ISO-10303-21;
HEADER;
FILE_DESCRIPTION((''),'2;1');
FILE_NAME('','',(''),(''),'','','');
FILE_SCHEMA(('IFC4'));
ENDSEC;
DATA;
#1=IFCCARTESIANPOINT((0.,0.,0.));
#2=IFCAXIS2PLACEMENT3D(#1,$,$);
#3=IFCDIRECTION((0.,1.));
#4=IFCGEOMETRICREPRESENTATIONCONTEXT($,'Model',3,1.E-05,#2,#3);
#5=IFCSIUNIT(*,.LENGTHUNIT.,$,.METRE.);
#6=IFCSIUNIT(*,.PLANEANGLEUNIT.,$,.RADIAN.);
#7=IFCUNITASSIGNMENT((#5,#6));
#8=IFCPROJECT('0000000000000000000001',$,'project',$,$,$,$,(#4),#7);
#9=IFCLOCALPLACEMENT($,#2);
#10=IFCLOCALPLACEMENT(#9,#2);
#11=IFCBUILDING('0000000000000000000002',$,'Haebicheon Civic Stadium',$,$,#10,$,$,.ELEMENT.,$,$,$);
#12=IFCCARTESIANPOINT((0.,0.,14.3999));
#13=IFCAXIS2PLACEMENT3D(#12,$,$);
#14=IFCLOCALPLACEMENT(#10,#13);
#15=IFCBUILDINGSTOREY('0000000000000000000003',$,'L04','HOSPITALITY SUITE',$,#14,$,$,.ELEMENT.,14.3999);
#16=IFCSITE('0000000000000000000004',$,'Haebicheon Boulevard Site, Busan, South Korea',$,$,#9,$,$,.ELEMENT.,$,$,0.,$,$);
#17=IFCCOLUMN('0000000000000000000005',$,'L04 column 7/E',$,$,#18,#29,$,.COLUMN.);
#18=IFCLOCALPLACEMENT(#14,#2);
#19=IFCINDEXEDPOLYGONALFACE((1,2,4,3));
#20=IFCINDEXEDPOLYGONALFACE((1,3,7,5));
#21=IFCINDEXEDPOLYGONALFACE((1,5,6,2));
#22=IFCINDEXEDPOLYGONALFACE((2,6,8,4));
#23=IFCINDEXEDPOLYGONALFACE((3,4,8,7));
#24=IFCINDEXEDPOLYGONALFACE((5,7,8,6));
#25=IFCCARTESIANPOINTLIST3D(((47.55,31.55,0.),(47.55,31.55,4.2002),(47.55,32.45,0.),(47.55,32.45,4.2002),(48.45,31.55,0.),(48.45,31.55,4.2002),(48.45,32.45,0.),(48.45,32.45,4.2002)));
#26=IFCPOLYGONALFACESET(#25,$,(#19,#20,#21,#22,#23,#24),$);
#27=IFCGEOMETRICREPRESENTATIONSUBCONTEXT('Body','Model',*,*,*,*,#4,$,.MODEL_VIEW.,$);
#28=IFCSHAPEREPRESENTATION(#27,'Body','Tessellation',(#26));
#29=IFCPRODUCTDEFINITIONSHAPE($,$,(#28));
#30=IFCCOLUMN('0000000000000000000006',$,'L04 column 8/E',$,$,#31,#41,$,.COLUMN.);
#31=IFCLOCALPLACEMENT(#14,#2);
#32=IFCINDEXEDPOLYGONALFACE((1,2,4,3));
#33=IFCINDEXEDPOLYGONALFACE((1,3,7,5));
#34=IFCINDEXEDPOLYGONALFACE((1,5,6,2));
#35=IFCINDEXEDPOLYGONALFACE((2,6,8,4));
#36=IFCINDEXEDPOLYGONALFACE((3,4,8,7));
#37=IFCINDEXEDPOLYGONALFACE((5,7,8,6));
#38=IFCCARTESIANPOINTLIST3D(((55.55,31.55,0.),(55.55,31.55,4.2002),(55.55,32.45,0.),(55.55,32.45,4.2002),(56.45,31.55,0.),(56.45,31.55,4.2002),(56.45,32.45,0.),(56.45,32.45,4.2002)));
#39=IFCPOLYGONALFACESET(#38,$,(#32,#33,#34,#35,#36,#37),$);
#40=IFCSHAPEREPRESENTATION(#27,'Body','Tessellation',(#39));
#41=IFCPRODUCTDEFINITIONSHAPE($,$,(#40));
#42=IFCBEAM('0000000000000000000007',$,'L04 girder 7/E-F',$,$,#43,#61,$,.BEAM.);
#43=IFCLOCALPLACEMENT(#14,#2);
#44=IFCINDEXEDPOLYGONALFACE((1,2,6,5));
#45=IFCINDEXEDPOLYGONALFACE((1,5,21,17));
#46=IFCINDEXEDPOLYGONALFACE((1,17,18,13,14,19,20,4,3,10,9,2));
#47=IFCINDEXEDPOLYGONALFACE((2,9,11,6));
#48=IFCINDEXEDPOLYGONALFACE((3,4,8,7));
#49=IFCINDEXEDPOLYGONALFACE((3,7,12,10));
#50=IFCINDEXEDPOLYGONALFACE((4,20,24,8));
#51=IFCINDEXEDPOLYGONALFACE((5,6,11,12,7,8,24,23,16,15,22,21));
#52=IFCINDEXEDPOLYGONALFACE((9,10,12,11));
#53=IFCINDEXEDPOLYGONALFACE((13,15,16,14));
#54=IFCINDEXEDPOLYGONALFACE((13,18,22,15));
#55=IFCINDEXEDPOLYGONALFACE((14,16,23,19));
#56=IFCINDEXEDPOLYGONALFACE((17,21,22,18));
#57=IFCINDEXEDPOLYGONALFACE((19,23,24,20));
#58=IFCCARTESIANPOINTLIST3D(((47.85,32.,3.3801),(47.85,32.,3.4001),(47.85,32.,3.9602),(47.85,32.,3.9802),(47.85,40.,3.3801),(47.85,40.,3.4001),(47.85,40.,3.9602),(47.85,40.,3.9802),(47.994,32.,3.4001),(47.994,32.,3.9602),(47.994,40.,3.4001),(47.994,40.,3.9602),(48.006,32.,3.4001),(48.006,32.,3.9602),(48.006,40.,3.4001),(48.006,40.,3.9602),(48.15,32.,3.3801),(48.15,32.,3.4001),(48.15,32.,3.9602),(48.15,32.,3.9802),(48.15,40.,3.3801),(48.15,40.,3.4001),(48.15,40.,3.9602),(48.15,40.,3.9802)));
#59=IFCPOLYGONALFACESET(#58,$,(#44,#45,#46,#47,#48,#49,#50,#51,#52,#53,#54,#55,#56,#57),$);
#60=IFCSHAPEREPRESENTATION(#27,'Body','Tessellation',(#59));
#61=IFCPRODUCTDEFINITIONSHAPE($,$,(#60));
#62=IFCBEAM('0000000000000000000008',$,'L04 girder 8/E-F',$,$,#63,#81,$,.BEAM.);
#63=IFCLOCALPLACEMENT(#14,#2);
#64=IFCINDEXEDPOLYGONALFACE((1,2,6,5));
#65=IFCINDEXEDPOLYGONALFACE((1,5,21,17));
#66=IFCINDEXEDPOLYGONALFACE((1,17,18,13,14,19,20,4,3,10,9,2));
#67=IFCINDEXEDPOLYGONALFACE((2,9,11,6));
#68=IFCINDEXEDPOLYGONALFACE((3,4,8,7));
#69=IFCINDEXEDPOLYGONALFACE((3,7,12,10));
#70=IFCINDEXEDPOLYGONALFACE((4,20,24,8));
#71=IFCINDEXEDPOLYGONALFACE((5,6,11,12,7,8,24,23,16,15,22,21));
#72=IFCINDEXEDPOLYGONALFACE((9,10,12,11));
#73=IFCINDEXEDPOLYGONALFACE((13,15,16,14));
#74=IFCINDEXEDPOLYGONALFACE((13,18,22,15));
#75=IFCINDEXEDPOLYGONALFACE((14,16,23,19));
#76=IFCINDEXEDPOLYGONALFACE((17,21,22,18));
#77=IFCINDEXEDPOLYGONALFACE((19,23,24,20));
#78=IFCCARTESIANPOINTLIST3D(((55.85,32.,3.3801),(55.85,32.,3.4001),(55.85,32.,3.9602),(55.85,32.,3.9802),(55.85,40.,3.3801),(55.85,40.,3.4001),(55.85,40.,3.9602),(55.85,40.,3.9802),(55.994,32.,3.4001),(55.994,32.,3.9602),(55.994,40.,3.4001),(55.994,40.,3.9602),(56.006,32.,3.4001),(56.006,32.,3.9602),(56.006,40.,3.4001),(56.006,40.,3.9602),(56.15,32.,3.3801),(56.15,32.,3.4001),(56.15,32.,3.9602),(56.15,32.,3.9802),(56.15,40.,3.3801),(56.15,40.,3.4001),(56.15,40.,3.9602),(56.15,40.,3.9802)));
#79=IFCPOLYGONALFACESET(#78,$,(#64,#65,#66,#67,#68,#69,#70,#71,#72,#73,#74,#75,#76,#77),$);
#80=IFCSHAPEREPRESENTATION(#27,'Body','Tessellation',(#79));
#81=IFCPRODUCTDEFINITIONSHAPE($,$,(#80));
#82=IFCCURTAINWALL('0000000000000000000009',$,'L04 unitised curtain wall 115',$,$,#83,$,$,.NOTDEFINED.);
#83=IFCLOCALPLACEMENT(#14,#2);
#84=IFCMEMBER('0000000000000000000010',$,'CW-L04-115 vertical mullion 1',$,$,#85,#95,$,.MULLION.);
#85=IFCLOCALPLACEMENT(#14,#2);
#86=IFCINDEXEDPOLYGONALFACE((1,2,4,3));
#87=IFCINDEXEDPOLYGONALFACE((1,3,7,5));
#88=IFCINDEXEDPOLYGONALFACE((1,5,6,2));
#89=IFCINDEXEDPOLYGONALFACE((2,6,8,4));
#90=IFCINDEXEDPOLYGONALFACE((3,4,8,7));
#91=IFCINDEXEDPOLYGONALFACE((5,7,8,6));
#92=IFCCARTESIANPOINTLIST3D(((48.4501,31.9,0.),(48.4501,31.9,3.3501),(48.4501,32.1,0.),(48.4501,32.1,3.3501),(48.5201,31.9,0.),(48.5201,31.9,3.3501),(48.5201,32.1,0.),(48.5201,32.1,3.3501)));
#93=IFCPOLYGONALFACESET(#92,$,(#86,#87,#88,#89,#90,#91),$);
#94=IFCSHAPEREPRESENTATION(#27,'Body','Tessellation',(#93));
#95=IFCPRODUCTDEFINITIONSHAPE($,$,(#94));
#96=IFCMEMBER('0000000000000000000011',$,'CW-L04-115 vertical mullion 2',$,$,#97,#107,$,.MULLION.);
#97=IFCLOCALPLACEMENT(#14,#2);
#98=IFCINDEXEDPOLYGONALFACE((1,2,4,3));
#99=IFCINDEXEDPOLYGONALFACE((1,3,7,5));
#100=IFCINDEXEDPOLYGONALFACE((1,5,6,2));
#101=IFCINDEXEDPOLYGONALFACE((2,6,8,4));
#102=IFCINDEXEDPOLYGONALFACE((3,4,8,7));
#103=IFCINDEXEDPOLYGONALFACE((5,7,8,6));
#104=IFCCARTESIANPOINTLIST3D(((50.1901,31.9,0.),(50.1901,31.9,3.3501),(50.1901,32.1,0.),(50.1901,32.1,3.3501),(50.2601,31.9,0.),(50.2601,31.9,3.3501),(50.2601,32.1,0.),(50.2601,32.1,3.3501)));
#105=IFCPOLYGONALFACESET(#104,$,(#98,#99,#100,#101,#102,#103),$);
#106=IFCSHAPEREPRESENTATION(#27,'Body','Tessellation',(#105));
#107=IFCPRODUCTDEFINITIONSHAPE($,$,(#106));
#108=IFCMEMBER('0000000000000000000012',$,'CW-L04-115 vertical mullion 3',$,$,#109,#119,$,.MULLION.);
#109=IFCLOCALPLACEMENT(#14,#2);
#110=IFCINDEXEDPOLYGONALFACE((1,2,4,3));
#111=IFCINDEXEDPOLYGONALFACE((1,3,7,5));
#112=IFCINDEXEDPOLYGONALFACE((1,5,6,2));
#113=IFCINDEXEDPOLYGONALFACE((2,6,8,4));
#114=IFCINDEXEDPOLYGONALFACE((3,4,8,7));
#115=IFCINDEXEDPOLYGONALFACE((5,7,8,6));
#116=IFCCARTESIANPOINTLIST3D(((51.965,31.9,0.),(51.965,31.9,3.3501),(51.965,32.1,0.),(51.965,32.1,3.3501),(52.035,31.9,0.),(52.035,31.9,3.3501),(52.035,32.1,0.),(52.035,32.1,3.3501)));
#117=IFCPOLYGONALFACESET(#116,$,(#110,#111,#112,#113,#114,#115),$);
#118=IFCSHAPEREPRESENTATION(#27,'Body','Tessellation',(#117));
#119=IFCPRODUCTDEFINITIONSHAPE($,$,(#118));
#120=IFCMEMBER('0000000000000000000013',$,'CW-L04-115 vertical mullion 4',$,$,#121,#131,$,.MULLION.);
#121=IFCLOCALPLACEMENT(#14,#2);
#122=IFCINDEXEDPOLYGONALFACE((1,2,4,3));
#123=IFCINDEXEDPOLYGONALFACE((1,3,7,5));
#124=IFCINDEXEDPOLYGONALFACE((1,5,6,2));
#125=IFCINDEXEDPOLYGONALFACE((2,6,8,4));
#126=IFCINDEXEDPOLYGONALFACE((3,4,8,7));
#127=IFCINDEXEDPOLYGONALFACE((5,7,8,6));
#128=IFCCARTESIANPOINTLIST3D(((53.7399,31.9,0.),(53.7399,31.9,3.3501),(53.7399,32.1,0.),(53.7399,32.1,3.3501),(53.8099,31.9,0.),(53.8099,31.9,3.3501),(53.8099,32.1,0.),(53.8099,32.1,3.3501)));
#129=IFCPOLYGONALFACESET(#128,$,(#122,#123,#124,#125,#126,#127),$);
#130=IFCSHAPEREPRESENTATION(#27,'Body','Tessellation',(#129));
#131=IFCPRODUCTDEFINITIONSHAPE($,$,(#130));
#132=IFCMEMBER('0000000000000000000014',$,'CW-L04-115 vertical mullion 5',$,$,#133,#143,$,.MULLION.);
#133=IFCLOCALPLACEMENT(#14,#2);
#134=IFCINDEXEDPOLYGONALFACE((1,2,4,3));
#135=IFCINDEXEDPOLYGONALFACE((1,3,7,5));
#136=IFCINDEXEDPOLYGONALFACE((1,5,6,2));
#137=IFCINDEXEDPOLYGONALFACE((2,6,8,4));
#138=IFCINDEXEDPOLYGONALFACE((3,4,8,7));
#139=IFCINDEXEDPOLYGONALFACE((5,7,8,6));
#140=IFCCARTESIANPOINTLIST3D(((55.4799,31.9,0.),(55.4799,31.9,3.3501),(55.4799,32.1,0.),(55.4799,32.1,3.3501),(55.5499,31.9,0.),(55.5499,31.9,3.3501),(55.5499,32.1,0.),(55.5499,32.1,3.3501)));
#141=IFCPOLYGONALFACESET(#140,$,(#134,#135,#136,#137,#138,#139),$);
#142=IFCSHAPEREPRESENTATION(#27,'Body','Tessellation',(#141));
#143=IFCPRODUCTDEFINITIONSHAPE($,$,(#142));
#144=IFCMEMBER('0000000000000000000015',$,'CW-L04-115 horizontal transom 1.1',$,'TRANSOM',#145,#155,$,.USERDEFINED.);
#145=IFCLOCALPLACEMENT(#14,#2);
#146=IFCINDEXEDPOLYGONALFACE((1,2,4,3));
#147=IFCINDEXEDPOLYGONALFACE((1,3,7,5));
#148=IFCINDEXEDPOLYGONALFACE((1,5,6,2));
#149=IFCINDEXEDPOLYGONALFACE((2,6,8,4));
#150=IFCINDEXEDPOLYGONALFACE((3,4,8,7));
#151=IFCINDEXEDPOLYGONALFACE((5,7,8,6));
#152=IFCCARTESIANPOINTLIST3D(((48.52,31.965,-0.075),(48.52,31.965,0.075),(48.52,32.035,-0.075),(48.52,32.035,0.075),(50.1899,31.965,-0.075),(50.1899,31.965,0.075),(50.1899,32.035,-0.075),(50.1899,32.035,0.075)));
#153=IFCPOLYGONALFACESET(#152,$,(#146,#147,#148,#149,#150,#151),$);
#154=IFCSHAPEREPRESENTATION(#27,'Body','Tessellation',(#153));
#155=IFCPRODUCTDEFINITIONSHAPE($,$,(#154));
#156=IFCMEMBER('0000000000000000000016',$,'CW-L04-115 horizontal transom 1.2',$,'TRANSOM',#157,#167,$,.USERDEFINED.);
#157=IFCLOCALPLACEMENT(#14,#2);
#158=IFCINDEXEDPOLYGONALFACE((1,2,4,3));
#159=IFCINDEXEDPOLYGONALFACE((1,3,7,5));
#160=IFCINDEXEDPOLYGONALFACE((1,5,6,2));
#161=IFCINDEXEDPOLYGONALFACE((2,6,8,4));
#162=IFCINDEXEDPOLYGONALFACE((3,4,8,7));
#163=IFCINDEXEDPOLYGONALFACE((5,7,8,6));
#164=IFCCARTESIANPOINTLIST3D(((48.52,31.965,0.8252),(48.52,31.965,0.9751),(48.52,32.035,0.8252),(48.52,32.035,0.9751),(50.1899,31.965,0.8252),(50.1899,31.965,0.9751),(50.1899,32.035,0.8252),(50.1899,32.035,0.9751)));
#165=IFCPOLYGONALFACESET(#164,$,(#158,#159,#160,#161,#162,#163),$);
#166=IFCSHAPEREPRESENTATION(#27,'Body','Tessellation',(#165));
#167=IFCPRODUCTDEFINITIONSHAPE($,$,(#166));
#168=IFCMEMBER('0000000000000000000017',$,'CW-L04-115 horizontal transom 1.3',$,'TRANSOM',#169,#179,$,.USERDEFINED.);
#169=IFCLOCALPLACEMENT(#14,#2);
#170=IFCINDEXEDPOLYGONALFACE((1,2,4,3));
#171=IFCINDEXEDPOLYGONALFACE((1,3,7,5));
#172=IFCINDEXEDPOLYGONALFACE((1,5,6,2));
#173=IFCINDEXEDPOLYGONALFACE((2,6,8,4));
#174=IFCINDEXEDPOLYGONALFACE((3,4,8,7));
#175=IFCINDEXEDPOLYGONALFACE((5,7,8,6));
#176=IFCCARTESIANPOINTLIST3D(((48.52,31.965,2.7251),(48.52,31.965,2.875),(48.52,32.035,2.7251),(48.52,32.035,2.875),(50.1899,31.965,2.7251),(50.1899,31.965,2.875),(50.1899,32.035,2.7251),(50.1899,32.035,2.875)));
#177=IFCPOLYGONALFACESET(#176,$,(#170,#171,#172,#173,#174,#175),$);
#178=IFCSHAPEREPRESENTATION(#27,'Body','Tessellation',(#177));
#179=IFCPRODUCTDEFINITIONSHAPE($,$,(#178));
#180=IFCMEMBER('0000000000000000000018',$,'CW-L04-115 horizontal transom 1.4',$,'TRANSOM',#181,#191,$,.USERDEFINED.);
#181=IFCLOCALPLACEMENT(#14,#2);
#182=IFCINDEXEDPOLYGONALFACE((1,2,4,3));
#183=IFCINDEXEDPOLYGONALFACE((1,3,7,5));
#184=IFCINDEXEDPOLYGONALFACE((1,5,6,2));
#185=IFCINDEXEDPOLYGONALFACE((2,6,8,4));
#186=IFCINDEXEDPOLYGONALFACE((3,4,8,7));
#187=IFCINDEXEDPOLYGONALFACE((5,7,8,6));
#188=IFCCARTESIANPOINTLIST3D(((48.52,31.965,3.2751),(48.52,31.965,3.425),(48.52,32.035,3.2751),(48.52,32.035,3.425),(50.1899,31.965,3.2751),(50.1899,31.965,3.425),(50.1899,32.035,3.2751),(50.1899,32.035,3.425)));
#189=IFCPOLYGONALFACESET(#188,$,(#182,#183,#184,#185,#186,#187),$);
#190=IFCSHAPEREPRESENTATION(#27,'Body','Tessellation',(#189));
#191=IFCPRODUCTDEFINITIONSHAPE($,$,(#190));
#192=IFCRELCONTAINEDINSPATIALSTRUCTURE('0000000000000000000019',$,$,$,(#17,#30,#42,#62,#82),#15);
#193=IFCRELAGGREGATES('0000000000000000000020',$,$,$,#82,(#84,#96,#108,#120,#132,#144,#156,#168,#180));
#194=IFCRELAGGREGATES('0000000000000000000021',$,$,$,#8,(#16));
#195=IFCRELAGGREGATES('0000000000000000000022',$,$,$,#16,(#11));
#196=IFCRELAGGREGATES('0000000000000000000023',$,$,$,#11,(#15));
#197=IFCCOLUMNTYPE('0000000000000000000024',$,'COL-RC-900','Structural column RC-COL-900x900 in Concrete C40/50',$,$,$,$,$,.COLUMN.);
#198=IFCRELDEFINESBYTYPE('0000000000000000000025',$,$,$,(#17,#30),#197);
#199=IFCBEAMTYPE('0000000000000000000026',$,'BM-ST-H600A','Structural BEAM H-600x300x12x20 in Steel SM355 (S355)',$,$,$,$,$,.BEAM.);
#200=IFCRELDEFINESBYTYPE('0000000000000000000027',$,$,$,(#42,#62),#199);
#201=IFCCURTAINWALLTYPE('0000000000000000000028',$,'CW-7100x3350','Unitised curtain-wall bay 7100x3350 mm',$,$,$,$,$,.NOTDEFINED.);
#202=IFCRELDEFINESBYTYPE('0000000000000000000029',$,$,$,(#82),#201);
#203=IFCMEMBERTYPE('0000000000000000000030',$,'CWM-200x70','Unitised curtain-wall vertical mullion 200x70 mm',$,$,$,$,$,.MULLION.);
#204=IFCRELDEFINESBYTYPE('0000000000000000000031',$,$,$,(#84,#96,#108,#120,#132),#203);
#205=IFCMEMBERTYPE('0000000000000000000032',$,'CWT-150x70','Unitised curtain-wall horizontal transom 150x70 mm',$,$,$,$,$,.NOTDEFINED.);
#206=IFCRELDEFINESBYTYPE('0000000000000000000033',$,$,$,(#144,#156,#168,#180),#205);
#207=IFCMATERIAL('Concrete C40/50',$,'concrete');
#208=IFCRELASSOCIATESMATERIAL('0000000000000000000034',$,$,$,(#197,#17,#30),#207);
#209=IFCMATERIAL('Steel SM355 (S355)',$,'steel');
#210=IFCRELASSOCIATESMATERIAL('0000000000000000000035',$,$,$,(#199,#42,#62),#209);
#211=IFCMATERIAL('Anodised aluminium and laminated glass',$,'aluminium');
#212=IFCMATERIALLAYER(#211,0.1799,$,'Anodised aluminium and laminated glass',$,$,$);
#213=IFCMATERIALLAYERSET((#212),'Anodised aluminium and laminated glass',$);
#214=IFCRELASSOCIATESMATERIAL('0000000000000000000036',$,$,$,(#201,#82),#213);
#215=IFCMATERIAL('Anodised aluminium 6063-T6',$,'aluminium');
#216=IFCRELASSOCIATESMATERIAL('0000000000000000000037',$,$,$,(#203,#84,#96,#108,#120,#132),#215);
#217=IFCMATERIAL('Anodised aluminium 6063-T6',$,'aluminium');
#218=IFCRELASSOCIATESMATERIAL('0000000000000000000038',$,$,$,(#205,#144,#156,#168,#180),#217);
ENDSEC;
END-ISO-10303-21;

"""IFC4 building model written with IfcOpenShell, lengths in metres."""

from ifc_helpers import new_model, si_unit, direction, frame, origin, origin_2d, place, context, subcontext, project, spatial, rectangle, i_section, extrude, material, layer, layer_set, material_profile, profile_set, type_object, element, aggregate, save


model = new_model("IFC4")

# Units and contexts
model_context = context("Model", 3, precision=1e-05, world=origin(), true_north=direction((0.0, 1.0)))
body_context = subcontext(model_context, "Body", "Model", "MODEL_VIEW")
ifc_project = project(units=[si_unit("LENGTHUNIT", "METRE"), si_unit("PLANEANGLEUNIT", "RADIAN")], contexts=[model_context])

# Site, building, storey
site_placement = place(None, origin())
site = spatial("IfcSite", under=ifc_project, at=site_placement, Name="Haebicheon Boulevard Site, Busan, South Korea", CompositionType="ELEMENT", RefElevation=0.0)
building_placement = place(site_placement, origin())
building = spatial("IfcBuilding", under=site, at=building_placement, Name="Haebicheon Civic Stadium", CompositionType="ELEMENT")
storey_placement = place(building_placement, frame((0.0, 0.0, 14.3999)))
storey = spatial("IfcBuildingStorey", under=building, at=storey_placement, Name="L04", Description="HOSPITALITY SUITE", CompositionType="ELEMENT", Elevation=14.3999)

# Columns
ifc_material_1 = material(Name="Concrete C40/50", Category="concrete")
ifc_material_profile_1 = material_profile(ifc_material_1, rectangle(XDim=0.8999, YDim=0.8999, at=origin_2d()), Name="RC-COL-900x900")
ifc_profile_set_1 = profile_set([ifc_material_profile_1], Name="Concrete C40/50")
column_type = type_object("IfcColumnType", Name="COL-RC-900", Description="Structural column RC-COL-900x900 in Concrete C40/50", PredefinedType="COLUMN", material=ifc_profile_set_1)
for number, where, z_axis, x_axis, name in (
    (1, (48.0, 32.0, 0.0), (0.0, 0.0, 1.0), (1.0, 0.0, 0.0), "L04 column 7/E"),
    (2, (56.0, 32.0, 0.0), (0.0, 0.0, 1.0), (1.0, 0.0, 0.0), "L04 column 8/E"),
):
    element("IfcColumn", number, at=place(storey_placement, frame(where, z_axis=z_axis, x_axis=x_axis)), inside=storey, type_object=column_type, material=ifc_profile_set_1, Name=name, PredefinedType="COLUMN", context=body_context, shape_type="SweptSolid", body=[
        extrude(rectangle(XDim=0.8999, YDim=0.8999, at=origin_2d()), origin(), (0.0, 0.0, 1.0), 4.2002),
    ])

# Beams
ifc_material_2 = material(Name="Steel SM355 (S355)", Category="steel")
ifc_material_profile_2 = material_profile(ifc_material_2, i_section(OverallWidth=0.3, OverallDepth=0.6001, WebThickness=0.012, FlangeThickness=0.02, at=origin_2d()), Name="H-600x300x12x20")
ifc_profile_set_2 = profile_set([ifc_material_profile_2], Name="Steel SM355 (S355)")
beam_type_1 = type_object("IfcBeamType", Name="BM-ST-H600A", Description="Structural BEAM H-600x300x12x20 in Steel SM355 (S355)", PredefinedType="BEAM", material=ifc_profile_set_2)
for number, where, z_axis, x_axis, name in (
    (3, (48.0, 32.0, 3.6802), (0.0, 1.0, 0.0), (-1.0, 0.0, 0.0), "L04 girder 7/E-F"),
    (4, (56.0, 32.0, 3.6802), (0.0, 1.0, 0.0), (-1.0, 0.0, 0.0), "L04 girder 8/E-F"),
):
    element("IfcBeam", number, at=place(storey_placement, frame(where, z_axis=z_axis, x_axis=x_axis)), inside=storey, type_object=beam_type_1, material=ifc_profile_set_2, Name=name, PredefinedType="BEAM", context=body_context, shape_type="SweptSolid", body=[
        extrude(i_section(OverallWidth=0.3, OverallDepth=0.6001, WebThickness=0.012, FlangeThickness=0.02, at=origin_2d()), origin(), (0.0, 0.0, 1.0), 8.0),
    ])

# Curtain wall, members
ifc_material_3 = material(Name="Anodised aluminium and laminated glass", Category="aluminium")
ifc_layer_1 = layer(ifc_material_3, 0.1799, Name="Anodised aluminium and laminated glass")
ifc_layer_set_1 = layer_set([ifc_layer_1], Name="Anodised aluminium and laminated glass")
curtain_wall_type = type_object("IfcCurtainWallType", Name="CW-7100x3350", Description="Unitised curtain-wall bay 7100x3350 mm", PredefinedType="NOTDEFINED", material=ifc_layer_set_1)
curtain_wall_placement = place(storey_placement, origin())
curtain_wall = element("IfcCurtainWall", 5, at=curtain_wall_placement, inside=storey, type_object=curtain_wall_type, material=ifc_layer_set_1, Name="L04 unitised curtain wall 115", PredefinedType="NOTDEFINED")
ifc_material_4 = material(Name="Anodised aluminium 6063-T6", Category="aluminium")
ifc_material_profile_3 = material_profile(ifc_material_4, rectangle(XDim=0.0701, YDim=0.2, at=origin_2d()), Name="ALU-MULL-70x200")
ifc_profile_set_3 = profile_set([ifc_material_profile_3], Name="Anodised aluminium 6063-T6")
member_type_1 = type_object("IfcMemberType", Name="CWM-200x70", Description="Unitised curtain-wall vertical mullion 200x70 mm", PredefinedType="MULLION", material=ifc_profile_set_3)
member_1_placement = place(storey_placement, frame((48.4851, 32.0, 0.0), z_axis=(0.0, 0.0, 1.0), x_axis=(1.0, 0.0, 0.0)))
member_1 = element("IfcMember", 6, at=member_1_placement, type_object=member_type_1, material=ifc_profile_set_3, Name="CW-L04-115 vertical mullion 1", PredefinedType="MULLION", context=body_context, shape_type="SweptSolid", body=[
    extrude(rectangle(XDim=0.0701, YDim=0.2, at=origin_2d()), origin(), (0.0, 0.0, 1.0), 3.3501),
])
member_2_placement = place(storey_placement, frame((50.2251, 32.0, 0.0), z_axis=(0.0, 0.0, 1.0), x_axis=(1.0, 0.0, 0.0)))
member_2 = element("IfcMember", 7, at=member_2_placement, type_object=member_type_1, material=ifc_profile_set_3, Name="CW-L04-115 vertical mullion 2", PredefinedType="MULLION", context=body_context, shape_type="SweptSolid", body=[
    extrude(rectangle(XDim=0.0701, YDim=0.2, at=origin_2d()), origin(), (0.0, 0.0, 1.0), 3.3501),
])
member_3_placement = place(storey_placement, frame((52.0, 32.0, 0.0), z_axis=(0.0, 0.0, 1.0), x_axis=(1.0, 0.0, 0.0)))
member_3 = element("IfcMember", 8, at=member_3_placement, type_object=member_type_1, material=ifc_profile_set_3, Name="CW-L04-115 vertical mullion 3", PredefinedType="MULLION", context=body_context, shape_type="SweptSolid", body=[
    extrude(rectangle(XDim=0.0701, YDim=0.2, at=origin_2d()), origin(), (0.0, 0.0, 1.0), 3.3501),
])
member_4_placement = place(storey_placement, frame((53.7749, 32.0, 0.0), z_axis=(0.0, 0.0, 1.0), x_axis=(1.0, 0.0, 0.0)))
member_4 = element("IfcMember", 9, at=member_4_placement, type_object=member_type_1, material=ifc_profile_set_3, Name="CW-L04-115 vertical mullion 4", PredefinedType="MULLION", context=body_context, shape_type="SweptSolid", body=[
    extrude(rectangle(XDim=0.0701, YDim=0.2, at=origin_2d()), origin(), (0.0, 0.0, 1.0), 3.3501),
])
member_5_placement = place(storey_placement, frame((55.5149, 32.0, 0.0), z_axis=(0.0, 0.0, 1.0), x_axis=(1.0, 0.0, 0.0)))
member_5 = element("IfcMember", 10, at=member_5_placement, type_object=member_type_1, material=ifc_profile_set_3, Name="CW-L04-115 vertical mullion 5", PredefinedType="MULLION", context=body_context, shape_type="SweptSolid", body=[
    extrude(rectangle(XDim=0.0701, YDim=0.2, at=origin_2d()), origin(), (0.0, 0.0, 1.0), 3.3501),
])
ifc_material_5 = material(Name="Anodised aluminium 6063-T6", Category="aluminium")
ifc_material_profile_4 = material_profile(ifc_material_5, rectangle(XDim=0.0701, YDim=0.1499, at=origin_2d()), Name="ALU-TRAN-70x150")
ifc_profile_set_4 = profile_set([ifc_material_profile_4], Name="Anodised aluminium 6063-T6")
member_type_2 = type_object("IfcMemberType", Name="CWT-150x70", Description="Unitised curtain-wall horizontal transom 150x70 mm", PredefinedType="NOTDEFINED", material=ifc_profile_set_4)
member_6_placement = place(storey_placement, frame((48.52, 32.0, 0.0), z_axis=(1.0, 0.0, 0.0), x_axis=(0.0, 1.0, 0.0)))
member_6 = element("IfcMember", 11, at=member_6_placement, type_object=member_type_2, material=ifc_profile_set_4, Name="CW-L04-115 horizontal transom 1.1", ObjectType="TRANSOM", PredefinedType="USERDEFINED", context=body_context, shape_type="SweptSolid", body=[
    extrude(rectangle(XDim=0.0701, YDim=0.1499, at=origin_2d()), origin(), (0.0, 0.0, 1.0), 1.6699),
])
member_7_placement = place(storey_placement, frame((48.52, 32.0, 0.9001), z_axis=(1.0, 0.0, 0.0), x_axis=(0.0, 1.0, 0.0)))
member_7 = element("IfcMember", 12, at=member_7_placement, type_object=member_type_2, material=ifc_profile_set_4, Name="CW-L04-115 horizontal transom 1.2", ObjectType="TRANSOM", PredefinedType="USERDEFINED", context=body_context, shape_type="SweptSolid", body=[
    extrude(rectangle(XDim=0.0701, YDim=0.1499, at=origin_2d()), origin(), (0.0, 0.0, 1.0), 1.6699),
])
member_8_placement = place(storey_placement, frame((48.52, 32.0, 2.8), z_axis=(1.0, 0.0, 0.0), x_axis=(0.0, 1.0, 0.0)))
member_8 = element("IfcMember", 13, at=member_8_placement, type_object=member_type_2, material=ifc_profile_set_4, Name="CW-L04-115 horizontal transom 1.3", ObjectType="TRANSOM", PredefinedType="USERDEFINED", context=body_context, shape_type="SweptSolid", body=[
    extrude(rectangle(XDim=0.0701, YDim=0.1499, at=origin_2d()), origin(), (0.0, 0.0, 1.0), 1.6699),
])
member_9_placement = place(storey_placement, frame((48.52, 32.0, 3.3501), z_axis=(1.0, 0.0, 0.0), x_axis=(0.0, 1.0, 0.0)))
member_9 = element("IfcMember", 14, at=member_9_placement, type_object=member_type_2, material=ifc_profile_set_4, Name="CW-L04-115 horizontal transom 1.4", ObjectType="TRANSOM", PredefinedType="USERDEFINED", context=body_context, shape_type="SweptSolid", body=[
    extrude(rectangle(XDim=0.0701, YDim=0.1499, at=origin_2d()), origin(), (0.0, 0.0, 1.0), 1.6699),
])

aggregate(curtain_wall, [member_1, member_2, member_3, member_4, member_5, member_6, member_7, member_8, member_9])

save(model, "model.ifc")
